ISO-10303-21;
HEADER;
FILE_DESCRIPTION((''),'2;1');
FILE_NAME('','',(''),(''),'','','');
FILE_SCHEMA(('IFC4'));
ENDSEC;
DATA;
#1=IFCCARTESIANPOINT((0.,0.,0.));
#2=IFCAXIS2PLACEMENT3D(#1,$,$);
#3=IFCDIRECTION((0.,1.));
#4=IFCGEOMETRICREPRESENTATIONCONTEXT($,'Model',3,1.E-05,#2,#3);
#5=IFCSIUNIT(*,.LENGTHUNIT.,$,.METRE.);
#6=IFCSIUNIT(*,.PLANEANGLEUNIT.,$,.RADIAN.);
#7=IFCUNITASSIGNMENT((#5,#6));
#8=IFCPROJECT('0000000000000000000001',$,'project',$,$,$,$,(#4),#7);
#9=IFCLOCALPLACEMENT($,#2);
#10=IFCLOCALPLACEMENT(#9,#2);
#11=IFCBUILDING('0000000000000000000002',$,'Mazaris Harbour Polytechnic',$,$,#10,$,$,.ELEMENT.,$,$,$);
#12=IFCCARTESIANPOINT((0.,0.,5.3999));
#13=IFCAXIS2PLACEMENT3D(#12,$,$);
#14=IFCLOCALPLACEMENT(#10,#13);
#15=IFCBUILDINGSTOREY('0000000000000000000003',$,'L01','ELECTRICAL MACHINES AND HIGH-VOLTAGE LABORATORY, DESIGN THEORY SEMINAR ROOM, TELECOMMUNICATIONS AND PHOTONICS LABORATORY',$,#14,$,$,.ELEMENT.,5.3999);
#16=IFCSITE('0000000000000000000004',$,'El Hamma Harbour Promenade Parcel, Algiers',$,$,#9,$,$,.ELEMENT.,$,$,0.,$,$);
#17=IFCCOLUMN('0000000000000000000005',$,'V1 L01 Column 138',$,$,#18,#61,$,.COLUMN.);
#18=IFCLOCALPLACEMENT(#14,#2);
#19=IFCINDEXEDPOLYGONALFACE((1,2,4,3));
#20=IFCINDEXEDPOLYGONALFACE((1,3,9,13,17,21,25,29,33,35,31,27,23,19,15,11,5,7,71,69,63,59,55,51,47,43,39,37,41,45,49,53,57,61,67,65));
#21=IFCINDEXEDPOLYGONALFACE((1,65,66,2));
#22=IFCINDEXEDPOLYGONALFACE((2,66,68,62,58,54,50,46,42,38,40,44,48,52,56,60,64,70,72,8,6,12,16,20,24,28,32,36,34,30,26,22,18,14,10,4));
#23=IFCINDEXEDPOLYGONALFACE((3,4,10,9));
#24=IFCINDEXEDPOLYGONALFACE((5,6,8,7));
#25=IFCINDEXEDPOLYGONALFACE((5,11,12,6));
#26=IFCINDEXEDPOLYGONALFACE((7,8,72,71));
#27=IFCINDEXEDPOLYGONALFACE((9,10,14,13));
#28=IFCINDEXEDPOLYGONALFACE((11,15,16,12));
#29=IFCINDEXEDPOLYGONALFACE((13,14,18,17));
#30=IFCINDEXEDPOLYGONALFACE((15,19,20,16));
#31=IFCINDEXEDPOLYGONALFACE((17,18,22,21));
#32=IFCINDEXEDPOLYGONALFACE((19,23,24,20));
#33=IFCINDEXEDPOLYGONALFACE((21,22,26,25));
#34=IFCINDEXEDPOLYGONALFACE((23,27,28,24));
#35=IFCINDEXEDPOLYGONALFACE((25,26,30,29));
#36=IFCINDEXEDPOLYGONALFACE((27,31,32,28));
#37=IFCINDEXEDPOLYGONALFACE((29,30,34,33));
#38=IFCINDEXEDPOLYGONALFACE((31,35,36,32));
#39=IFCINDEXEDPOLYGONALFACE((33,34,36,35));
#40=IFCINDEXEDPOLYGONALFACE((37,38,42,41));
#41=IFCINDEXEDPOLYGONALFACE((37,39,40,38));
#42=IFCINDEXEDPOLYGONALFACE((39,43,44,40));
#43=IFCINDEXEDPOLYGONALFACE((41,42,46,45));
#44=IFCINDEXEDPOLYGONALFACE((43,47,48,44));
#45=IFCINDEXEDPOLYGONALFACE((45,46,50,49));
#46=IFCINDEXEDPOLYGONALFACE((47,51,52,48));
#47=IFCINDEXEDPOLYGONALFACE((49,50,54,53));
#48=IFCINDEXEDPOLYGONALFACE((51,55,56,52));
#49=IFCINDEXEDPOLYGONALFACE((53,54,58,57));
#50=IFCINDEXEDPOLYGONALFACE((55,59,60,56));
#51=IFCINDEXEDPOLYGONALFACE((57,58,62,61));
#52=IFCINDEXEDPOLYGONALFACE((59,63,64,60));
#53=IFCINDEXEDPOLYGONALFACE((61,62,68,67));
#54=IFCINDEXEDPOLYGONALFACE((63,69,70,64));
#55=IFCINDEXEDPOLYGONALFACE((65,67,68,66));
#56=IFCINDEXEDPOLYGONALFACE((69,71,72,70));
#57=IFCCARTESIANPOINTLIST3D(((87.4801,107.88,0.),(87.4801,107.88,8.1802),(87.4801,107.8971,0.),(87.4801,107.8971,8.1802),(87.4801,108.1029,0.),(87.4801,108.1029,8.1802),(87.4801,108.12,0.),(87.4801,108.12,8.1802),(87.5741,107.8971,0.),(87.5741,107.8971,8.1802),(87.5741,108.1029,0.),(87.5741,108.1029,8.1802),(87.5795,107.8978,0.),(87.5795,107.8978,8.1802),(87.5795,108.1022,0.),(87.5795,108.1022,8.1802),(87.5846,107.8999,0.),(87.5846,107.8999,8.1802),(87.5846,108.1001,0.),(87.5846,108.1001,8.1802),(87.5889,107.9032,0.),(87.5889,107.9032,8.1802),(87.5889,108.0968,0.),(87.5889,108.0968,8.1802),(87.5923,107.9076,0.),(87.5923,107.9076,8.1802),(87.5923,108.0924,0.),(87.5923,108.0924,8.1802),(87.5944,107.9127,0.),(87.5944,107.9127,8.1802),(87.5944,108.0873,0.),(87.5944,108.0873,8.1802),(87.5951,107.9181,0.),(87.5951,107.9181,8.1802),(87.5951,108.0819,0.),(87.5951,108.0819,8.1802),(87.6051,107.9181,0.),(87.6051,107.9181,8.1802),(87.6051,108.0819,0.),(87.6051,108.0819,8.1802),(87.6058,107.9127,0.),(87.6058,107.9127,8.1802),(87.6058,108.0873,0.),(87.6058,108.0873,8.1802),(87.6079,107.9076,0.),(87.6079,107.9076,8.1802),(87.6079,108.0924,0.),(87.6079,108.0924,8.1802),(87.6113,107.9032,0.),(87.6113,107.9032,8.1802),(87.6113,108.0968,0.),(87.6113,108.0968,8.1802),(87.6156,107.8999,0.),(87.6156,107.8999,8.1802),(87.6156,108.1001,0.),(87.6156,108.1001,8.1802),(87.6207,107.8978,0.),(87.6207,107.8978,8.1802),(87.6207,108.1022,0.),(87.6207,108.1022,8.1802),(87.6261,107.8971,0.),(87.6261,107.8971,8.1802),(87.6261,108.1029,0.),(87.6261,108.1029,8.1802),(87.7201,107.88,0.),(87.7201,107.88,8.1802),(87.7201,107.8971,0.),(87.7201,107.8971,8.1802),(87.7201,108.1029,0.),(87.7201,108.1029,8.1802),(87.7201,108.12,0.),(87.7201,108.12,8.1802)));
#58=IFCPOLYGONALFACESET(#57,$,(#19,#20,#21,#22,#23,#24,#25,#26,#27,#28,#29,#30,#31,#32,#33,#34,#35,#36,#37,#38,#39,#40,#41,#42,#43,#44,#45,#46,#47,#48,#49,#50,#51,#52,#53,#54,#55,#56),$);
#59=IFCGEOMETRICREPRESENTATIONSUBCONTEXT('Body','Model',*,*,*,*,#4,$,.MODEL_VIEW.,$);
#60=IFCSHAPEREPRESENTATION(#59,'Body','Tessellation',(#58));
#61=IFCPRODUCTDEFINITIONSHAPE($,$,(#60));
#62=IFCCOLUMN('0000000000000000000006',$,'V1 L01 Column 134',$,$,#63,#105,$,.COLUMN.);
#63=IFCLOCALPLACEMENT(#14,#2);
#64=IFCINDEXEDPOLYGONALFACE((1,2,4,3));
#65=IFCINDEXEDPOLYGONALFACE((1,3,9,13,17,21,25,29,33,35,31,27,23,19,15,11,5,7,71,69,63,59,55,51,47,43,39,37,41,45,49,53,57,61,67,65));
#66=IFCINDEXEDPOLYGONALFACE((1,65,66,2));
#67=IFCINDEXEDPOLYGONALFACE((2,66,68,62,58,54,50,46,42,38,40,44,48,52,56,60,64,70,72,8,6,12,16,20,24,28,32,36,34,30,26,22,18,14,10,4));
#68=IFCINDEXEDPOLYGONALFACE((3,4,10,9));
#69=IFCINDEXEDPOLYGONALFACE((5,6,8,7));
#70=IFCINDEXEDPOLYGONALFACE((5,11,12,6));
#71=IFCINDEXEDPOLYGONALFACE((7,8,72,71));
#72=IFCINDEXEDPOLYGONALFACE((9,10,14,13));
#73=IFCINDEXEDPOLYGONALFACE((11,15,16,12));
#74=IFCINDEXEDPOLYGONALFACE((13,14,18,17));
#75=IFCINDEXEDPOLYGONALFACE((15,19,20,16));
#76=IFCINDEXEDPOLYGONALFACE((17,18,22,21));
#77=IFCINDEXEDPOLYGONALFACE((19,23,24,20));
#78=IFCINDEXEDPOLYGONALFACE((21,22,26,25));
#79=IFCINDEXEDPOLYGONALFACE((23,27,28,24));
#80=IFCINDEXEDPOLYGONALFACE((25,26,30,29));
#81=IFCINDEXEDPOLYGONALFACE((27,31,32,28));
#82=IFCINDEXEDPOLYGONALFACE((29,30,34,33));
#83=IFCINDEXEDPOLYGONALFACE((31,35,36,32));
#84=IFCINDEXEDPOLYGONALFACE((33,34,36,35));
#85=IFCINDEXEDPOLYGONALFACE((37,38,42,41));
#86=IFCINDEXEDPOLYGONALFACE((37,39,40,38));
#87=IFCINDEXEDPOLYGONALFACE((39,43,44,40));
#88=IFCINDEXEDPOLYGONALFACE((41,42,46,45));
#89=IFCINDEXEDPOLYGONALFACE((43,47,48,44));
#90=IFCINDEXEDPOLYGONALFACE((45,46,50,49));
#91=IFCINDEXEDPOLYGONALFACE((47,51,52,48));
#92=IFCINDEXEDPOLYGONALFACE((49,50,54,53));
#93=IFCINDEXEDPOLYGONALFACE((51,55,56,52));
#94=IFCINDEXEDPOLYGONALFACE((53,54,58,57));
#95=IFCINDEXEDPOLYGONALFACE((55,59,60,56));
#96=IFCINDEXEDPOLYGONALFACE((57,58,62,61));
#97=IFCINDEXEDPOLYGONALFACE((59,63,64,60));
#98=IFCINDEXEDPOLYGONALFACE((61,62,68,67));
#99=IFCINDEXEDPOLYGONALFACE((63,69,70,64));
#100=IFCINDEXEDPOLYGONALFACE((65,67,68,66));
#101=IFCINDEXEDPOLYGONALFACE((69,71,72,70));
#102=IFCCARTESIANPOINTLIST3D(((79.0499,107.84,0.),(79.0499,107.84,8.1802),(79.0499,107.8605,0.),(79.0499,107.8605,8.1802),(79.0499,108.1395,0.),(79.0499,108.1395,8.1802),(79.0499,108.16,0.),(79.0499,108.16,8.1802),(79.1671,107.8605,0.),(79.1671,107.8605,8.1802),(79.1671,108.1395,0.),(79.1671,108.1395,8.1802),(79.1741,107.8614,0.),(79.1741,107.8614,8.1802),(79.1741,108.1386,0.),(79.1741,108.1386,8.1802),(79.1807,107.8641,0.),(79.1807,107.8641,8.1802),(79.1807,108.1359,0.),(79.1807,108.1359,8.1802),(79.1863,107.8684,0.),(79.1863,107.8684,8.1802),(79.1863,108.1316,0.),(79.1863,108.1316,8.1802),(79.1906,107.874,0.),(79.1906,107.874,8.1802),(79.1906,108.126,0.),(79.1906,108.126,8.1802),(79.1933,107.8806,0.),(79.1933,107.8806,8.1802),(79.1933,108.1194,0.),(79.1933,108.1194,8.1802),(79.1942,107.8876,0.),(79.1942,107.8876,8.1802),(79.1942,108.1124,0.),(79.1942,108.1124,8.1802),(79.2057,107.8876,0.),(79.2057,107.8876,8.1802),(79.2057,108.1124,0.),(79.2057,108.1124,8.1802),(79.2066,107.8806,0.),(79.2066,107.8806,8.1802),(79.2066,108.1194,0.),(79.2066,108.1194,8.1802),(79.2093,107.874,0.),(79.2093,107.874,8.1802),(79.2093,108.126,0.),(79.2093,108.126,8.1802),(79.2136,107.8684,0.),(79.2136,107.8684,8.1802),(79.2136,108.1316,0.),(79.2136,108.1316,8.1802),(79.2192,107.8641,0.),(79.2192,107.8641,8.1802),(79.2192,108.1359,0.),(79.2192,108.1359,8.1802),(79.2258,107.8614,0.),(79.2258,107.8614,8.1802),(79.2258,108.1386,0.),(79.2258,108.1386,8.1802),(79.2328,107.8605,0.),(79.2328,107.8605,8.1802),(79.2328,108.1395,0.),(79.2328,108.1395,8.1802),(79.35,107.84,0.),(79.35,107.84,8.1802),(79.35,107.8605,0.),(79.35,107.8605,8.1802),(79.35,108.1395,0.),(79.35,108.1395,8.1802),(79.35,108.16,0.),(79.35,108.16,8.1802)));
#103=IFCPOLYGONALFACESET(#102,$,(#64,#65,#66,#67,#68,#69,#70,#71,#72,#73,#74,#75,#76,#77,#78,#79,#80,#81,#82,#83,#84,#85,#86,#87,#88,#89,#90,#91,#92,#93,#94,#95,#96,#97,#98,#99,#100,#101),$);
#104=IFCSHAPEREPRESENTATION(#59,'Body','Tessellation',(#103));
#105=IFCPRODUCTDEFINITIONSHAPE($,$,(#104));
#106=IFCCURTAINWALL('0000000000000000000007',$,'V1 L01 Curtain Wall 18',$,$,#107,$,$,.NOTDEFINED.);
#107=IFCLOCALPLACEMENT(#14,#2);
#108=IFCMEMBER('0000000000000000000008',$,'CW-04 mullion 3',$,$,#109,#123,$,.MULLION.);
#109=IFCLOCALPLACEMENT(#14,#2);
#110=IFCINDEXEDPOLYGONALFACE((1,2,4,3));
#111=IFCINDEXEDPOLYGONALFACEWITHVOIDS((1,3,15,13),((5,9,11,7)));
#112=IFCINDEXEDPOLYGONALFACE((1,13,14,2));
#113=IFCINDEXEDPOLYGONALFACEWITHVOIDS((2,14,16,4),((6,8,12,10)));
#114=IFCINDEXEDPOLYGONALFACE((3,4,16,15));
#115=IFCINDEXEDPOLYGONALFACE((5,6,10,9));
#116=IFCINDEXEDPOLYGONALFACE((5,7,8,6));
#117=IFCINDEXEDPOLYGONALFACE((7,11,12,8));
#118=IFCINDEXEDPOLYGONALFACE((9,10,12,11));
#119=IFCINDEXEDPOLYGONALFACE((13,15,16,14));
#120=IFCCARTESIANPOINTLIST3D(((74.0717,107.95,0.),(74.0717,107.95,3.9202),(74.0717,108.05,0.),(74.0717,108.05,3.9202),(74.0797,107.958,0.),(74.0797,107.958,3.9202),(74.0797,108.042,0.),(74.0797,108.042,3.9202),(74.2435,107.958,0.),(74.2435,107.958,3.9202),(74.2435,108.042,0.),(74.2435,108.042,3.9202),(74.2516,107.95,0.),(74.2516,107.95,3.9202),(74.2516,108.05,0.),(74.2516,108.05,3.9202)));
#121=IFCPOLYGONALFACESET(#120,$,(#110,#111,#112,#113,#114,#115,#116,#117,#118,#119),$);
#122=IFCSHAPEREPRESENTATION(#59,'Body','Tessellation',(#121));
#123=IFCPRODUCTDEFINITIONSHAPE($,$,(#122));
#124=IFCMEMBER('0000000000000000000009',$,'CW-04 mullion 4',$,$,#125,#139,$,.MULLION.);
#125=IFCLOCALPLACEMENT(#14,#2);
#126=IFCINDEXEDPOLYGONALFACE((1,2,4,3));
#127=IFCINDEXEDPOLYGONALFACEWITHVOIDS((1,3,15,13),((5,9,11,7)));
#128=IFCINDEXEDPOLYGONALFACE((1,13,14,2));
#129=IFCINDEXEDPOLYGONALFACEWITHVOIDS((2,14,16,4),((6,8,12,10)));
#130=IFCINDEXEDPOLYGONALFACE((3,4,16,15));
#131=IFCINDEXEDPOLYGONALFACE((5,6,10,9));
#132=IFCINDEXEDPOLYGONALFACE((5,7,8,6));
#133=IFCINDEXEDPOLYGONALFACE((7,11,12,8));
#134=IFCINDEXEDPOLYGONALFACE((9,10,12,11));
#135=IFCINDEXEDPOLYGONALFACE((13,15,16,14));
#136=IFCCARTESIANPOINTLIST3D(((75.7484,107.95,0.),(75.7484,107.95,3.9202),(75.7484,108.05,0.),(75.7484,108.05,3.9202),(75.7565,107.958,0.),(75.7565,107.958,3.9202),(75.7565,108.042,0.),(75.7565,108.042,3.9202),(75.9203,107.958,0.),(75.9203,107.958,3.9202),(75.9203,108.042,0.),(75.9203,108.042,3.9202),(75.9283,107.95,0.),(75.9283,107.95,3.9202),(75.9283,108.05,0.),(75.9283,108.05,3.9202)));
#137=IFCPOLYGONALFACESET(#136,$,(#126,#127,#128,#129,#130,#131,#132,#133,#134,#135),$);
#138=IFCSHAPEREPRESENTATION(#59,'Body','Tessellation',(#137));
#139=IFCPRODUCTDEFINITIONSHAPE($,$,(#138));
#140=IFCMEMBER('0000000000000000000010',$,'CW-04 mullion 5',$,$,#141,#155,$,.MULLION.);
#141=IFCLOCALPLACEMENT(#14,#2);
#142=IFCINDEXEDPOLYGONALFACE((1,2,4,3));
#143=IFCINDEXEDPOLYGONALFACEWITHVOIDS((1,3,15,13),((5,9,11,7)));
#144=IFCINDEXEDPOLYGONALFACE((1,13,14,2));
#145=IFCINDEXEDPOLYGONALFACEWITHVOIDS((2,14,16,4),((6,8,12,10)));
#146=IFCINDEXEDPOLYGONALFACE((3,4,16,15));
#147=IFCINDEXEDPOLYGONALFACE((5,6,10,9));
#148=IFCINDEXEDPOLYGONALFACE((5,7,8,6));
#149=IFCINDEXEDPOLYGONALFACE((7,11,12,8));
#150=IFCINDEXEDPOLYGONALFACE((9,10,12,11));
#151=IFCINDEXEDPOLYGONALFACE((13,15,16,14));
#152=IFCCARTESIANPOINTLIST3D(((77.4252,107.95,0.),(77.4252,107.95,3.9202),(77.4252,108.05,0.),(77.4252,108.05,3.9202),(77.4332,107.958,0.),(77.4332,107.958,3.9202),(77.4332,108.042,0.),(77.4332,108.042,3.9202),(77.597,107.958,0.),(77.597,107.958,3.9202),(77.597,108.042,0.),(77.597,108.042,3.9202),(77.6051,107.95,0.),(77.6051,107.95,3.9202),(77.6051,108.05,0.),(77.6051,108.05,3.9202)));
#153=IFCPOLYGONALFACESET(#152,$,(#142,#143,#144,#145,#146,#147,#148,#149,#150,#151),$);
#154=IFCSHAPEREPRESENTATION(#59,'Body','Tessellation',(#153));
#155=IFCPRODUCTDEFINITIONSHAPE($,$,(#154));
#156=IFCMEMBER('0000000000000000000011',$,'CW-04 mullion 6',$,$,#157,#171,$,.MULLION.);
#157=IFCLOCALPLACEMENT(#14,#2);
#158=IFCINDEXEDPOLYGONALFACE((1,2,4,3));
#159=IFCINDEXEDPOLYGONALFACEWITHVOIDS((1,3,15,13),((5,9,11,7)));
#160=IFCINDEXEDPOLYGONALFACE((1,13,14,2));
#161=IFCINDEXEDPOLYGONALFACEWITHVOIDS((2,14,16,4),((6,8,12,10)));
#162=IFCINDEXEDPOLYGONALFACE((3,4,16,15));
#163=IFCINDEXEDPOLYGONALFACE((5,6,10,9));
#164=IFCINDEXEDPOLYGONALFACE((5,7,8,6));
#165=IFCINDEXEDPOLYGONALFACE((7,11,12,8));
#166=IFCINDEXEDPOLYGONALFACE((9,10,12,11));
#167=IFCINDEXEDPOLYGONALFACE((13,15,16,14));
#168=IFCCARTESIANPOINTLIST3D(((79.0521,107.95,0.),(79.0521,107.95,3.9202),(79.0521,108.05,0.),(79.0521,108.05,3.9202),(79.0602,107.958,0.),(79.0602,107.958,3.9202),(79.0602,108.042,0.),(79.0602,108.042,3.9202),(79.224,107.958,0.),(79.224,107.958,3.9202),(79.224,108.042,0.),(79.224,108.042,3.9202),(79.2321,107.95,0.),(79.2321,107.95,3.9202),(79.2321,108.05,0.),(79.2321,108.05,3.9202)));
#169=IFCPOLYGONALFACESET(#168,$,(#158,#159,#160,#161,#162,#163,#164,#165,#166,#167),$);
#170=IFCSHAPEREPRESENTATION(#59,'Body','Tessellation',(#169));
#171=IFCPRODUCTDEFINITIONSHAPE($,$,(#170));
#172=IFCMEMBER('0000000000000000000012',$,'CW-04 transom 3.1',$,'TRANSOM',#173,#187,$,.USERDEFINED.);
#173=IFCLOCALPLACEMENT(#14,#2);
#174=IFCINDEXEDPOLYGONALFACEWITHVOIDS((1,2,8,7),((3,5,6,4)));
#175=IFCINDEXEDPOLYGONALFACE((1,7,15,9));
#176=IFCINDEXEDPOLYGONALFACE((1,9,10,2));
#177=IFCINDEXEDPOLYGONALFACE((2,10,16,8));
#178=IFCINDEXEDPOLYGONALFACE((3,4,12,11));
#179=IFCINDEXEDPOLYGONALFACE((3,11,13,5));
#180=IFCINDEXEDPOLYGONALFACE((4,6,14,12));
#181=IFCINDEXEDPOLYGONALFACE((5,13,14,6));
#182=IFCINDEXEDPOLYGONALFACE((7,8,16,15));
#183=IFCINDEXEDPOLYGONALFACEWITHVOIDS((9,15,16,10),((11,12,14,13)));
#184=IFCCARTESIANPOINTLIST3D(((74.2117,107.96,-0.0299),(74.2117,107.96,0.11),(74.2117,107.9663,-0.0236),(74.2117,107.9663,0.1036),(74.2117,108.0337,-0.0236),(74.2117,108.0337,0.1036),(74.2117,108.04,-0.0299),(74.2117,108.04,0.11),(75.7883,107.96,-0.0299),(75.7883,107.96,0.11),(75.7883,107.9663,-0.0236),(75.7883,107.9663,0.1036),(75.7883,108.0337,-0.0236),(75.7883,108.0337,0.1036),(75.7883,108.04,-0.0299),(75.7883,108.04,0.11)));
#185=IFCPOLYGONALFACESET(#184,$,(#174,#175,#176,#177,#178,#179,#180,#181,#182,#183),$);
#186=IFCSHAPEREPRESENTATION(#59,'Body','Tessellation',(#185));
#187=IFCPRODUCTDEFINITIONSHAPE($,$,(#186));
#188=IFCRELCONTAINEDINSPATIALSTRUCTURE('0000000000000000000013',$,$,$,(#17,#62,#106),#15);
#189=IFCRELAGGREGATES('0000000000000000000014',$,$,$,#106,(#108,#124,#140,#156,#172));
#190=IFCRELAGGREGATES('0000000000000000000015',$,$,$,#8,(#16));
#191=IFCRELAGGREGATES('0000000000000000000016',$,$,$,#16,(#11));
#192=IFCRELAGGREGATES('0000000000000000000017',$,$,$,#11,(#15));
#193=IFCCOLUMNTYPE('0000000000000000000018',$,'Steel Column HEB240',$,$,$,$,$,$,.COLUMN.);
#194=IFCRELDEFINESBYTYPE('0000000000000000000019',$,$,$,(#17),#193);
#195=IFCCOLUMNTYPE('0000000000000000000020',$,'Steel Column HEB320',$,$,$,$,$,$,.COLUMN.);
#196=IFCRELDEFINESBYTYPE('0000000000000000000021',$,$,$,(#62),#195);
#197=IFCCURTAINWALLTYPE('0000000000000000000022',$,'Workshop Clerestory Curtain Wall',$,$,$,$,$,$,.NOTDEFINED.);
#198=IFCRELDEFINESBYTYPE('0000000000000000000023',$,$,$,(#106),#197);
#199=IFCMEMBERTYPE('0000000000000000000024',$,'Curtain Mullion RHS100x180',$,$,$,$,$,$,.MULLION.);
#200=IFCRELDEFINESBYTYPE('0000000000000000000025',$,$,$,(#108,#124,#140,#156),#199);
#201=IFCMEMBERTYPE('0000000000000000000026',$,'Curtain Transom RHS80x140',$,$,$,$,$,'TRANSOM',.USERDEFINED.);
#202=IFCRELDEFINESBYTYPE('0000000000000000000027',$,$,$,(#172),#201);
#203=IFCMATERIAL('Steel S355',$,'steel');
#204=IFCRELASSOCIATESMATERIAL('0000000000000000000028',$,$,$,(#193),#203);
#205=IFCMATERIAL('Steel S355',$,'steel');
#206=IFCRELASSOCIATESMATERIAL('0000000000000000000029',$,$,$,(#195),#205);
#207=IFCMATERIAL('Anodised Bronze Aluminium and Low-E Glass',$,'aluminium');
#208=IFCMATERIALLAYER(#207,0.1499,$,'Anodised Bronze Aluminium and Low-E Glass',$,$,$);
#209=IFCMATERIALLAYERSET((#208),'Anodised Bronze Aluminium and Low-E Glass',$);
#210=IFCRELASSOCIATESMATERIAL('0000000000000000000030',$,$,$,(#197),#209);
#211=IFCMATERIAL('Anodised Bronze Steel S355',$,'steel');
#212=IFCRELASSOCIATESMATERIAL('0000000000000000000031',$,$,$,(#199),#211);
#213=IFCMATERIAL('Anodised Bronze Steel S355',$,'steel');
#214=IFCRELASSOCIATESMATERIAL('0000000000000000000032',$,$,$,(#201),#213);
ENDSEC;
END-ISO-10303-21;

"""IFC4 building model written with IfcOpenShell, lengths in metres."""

from ifc_helpers import new_model, si_unit, direction, frame, origin, origin_2d, place, context, subcontext, project, spatial, hollow_rectangle, i_section, extrude, material, layer, layer_set, material_profile, profile_set, type_object, element, aggregate, save


model = new_model("IFC4")

# Units and contexts
model_context = context("Model", 3, precision=1e-05, world=origin(), true_north=direction((0.0, 1.0)))
body_context = subcontext(model_context, "Body", "Model", "MODEL_VIEW")
ifc_project = project(units=[si_unit("LENGTHUNIT", "METRE"), si_unit("PLANEANGLEUNIT", "RADIAN")], contexts=[model_context])

# Site, building, storey
site_placement = place(None, origin())
site = spatial("IfcSite", under=ifc_project, at=site_placement, Name="El Hamma Harbour Promenade Parcel, Algiers", CompositionType="ELEMENT", RefElevation=0.0)
building_placement = place(site_placement, origin())
building = spatial("IfcBuilding", under=site, at=building_placement, Name="Mazaris Harbour Polytechnic", CompositionType="ELEMENT")
storey_placement = place(building_placement, frame((0.0, 0.0, 5.3999)))
storey = spatial("IfcBuildingStorey", under=building, at=storey_placement, Name="L01", Description="ELECTRICAL MACHINES AND HIGH-VOLTAGE LABORATORY, DESIGN THEORY SEMINAR ROOM, TELECOMMUNICATIONS AND PHOTONICS LABORATORY", CompositionType="ELEMENT", Elevation=5.3999)

# Columns
ifc_material_1 = material(Name="Steel S355", Category="steel")
ifc_material_profile_1 = material_profile(ifc_material_1, i_section(OverallWidth=0.24, OverallDepth=0.24, WebThickness=0.01, FlangeThickness=0.0171, FilletRadius=0.021, at=origin_2d()), Name="HEB 240")
ifc_profile_set_1 = profile_set([ifc_material_profile_1], Name="Steel S355")
column_type_1 = type_object("IfcColumnType", Name="Steel Column HEB240", PredefinedType="COLUMN", material=ifc_profile_set_1)
column_1_placement = place(storey_placement, frame((87.6001, 108.0, 0.0), z_axis=(0.0, 0.0, 1.0), x_axis=(1.0, 0.0, 0.0)))
element("IfcColumn", 1, at=column_1_placement, inside=storey, type_object=column_type_1, Name="V1 L01 Column 138", PredefinedType="COLUMN", context=body_context, shape_type="SweptSolid", body=[
    extrude(i_section(OverallWidth=0.24, OverallDepth=0.24, WebThickness=0.01, FlangeThickness=0.0171, FilletRadius=0.021, at=origin_2d()), origin(), (0.0, 0.0, 1.0), 8.1802),
])
ifc_material_2 = material(Name="Steel S355", Category="steel")
ifc_material_profile_2 = material_profile(ifc_material_2, i_section(OverallWidth=0.3, OverallDepth=0.3201, WebThickness=0.0115, FlangeThickness=0.0205, FilletRadius=0.0271, at=origin_2d()), Name="HEB 320")
ifc_profile_set_2 = profile_set([ifc_material_profile_2], Name="Steel S355")
column_type_2 = type_object("IfcColumnType", Name="Steel Column HEB320", PredefinedType="COLUMN", material=ifc_profile_set_2)
column_2_placement = place(storey_placement, frame((79.2, 108.0, 0.0), z_axis=(0.0, 0.0, 1.0), x_axis=(1.0, 0.0, 0.0)))
element("IfcColumn", 2, at=column_2_placement, inside=storey, type_object=column_type_2, Name="V1 L01 Column 134", PredefinedType="COLUMN", context=body_context, shape_type="SweptSolid", body=[
    extrude(i_section(OverallWidth=0.3, OverallDepth=0.3201, WebThickness=0.0115, FlangeThickness=0.0205, FilletRadius=0.0271, at=origin_2d()), origin(), (0.0, 0.0, 1.0), 8.1802),
])

# Curtain wall, members
ifc_material_3 = material(Name="Anodised Bronze Aluminium and Low-E Glass", Category="aluminium")
ifc_layer_1 = layer(ifc_material_3, 0.1499, Name="Anodised Bronze Aluminium and Low-E Glass")
ifc_layer_set_1 = layer_set([ifc_layer_1], Name="Anodised Bronze Aluminium and Low-E Glass")
curtain_wall_type = type_object("IfcCurtainWallType", Name="Workshop Clerestory Curtain Wall", PredefinedType="NOTDEFINED", material=ifc_layer_set_1)
curtain_wall_placement = place(storey_placement, origin())
curtain_wall = element("IfcCurtainWall", 3, at=curtain_wall_placement, inside=storey, type_object=curtain_wall_type, Name="V1 L01 Curtain Wall 18", PredefinedType="NOTDEFINED")
ifc_material_4 = material(Name="Anodised Bronze Steel S355", Category="steel")
ifc_material_profile_3 = material_profile(ifc_material_4, hollow_rectangle(XDim=0.1001, YDim=0.1799, WallThickness=0.0081, at=origin_2d()), Name="RHS 100x180x8.0")
ifc_profile_set_3 = profile_set([ifc_material_profile_3], Name="Anodised Bronze Steel S355")
member_type_1 = type_object("IfcMemberType", Name="Curtain Mullion RHS100x180", PredefinedType="MULLION", material=ifc_profile_set_3)
member_1_placement = place(storey_placement, frame((74.1616, 108.0, 0.0), z_axis=(0.0, 0.0, 1.0), x_axis=(0.0, 1.0, 0.0)))
member_1 = element("IfcMember", 4, at=member_1_placement, type_object=member_type_1, Name="CW-04 mullion 3", PredefinedType="MULLION", context=body_context, shape_type="SweptSolid", body=[
    extrude(hollow_rectangle(XDim=0.1001, YDim=0.1799, WallThickness=0.0081, at=origin_2d()), origin(), (0.0, 0.0, 1.0), 3.9202),
])
member_2_placement = place(storey_placement, frame((75.8384, 108.0, 0.0), z_axis=(0.0, 0.0, 1.0), x_axis=(0.0, 1.0, 0.0)))
member_2 = element("IfcMember", 5, at=member_2_placement, type_object=member_type_1, Name="CW-04 mullion 4", PredefinedType="MULLION", context=body_context, shape_type="SweptSolid", body=[
    extrude(hollow_rectangle(XDim=0.1001, YDim=0.1799, WallThickness=0.0081, at=origin_2d()), origin(), (0.0, 0.0, 1.0), 3.9202),
])
member_3_placement = place(storey_placement, frame((77.5151, 108.0, 0.0), z_axis=(0.0, 0.0, 1.0), x_axis=(0.0, 1.0, 0.0)))
member_3 = element("IfcMember", 6, at=member_3_placement, type_object=member_type_1, Name="CW-04 mullion 5", PredefinedType="MULLION", context=body_context, shape_type="SweptSolid", body=[
    extrude(hollow_rectangle(XDim=0.1001, YDim=0.1799, WallThickness=0.0081, at=origin_2d()), origin(), (0.0, 0.0, 1.0), 3.9202),
])
member_4_placement = place(storey_placement, frame((79.1421, 108.0, 0.0), z_axis=(0.0, 0.0, 1.0), x_axis=(0.0, 1.0, 0.0)))
member_4 = element("IfcMember", 7, at=member_4_placement, type_object=member_type_1, Name="CW-04 mullion 6", PredefinedType="MULLION", context=body_context, shape_type="SweptSolid", body=[
    extrude(hollow_rectangle(XDim=0.1001, YDim=0.1799, WallThickness=0.0081, at=origin_2d()), origin(), (0.0, 0.0, 1.0), 3.9202),
])
ifc_material_5 = material(Name="Anodised Bronze Steel S355", Category="steel")
ifc_material_profile_4 = material_profile(ifc_material_5, hollow_rectangle(XDim=0.0801, YDim=0.1399, WallThickness=0.0063, at=origin_2d()), Name="RHS 80x140x6.3")
ifc_profile_set_4 = profile_set([ifc_material_profile_4], Name="Anodised Bronze Steel S355")
member_type_2 = type_object("IfcMemberType", Name="Curtain Transom RHS80x140", ElementType="TRANSOM", PredefinedType="USERDEFINED", material=ifc_profile_set_4)
member_5_placement = place(storey_placement, frame((74.2117, 108.0, 0.04), z_axis=(1.0, 0.0, 0.0), x_axis=(0.0, 1.0, 0.0)))
member_5 = element("IfcMember", 8, at=member_5_placement, type_object=member_type_2, Name="CW-04 transom 3.1", ObjectType="TRANSOM", PredefinedType="USERDEFINED", context=body_context, shape_type="SweptSolid", body=[
    extrude(hollow_rectangle(XDim=0.0801, YDim=0.1399, WallThickness=0.0063, at=origin_2d()), origin(), (0.0, 0.0, 1.0), 1.5767),
])

aggregate(curtain_wall, [member_1, member_2, member_3, member_4, member_5])

save(model, "model.ifc")
